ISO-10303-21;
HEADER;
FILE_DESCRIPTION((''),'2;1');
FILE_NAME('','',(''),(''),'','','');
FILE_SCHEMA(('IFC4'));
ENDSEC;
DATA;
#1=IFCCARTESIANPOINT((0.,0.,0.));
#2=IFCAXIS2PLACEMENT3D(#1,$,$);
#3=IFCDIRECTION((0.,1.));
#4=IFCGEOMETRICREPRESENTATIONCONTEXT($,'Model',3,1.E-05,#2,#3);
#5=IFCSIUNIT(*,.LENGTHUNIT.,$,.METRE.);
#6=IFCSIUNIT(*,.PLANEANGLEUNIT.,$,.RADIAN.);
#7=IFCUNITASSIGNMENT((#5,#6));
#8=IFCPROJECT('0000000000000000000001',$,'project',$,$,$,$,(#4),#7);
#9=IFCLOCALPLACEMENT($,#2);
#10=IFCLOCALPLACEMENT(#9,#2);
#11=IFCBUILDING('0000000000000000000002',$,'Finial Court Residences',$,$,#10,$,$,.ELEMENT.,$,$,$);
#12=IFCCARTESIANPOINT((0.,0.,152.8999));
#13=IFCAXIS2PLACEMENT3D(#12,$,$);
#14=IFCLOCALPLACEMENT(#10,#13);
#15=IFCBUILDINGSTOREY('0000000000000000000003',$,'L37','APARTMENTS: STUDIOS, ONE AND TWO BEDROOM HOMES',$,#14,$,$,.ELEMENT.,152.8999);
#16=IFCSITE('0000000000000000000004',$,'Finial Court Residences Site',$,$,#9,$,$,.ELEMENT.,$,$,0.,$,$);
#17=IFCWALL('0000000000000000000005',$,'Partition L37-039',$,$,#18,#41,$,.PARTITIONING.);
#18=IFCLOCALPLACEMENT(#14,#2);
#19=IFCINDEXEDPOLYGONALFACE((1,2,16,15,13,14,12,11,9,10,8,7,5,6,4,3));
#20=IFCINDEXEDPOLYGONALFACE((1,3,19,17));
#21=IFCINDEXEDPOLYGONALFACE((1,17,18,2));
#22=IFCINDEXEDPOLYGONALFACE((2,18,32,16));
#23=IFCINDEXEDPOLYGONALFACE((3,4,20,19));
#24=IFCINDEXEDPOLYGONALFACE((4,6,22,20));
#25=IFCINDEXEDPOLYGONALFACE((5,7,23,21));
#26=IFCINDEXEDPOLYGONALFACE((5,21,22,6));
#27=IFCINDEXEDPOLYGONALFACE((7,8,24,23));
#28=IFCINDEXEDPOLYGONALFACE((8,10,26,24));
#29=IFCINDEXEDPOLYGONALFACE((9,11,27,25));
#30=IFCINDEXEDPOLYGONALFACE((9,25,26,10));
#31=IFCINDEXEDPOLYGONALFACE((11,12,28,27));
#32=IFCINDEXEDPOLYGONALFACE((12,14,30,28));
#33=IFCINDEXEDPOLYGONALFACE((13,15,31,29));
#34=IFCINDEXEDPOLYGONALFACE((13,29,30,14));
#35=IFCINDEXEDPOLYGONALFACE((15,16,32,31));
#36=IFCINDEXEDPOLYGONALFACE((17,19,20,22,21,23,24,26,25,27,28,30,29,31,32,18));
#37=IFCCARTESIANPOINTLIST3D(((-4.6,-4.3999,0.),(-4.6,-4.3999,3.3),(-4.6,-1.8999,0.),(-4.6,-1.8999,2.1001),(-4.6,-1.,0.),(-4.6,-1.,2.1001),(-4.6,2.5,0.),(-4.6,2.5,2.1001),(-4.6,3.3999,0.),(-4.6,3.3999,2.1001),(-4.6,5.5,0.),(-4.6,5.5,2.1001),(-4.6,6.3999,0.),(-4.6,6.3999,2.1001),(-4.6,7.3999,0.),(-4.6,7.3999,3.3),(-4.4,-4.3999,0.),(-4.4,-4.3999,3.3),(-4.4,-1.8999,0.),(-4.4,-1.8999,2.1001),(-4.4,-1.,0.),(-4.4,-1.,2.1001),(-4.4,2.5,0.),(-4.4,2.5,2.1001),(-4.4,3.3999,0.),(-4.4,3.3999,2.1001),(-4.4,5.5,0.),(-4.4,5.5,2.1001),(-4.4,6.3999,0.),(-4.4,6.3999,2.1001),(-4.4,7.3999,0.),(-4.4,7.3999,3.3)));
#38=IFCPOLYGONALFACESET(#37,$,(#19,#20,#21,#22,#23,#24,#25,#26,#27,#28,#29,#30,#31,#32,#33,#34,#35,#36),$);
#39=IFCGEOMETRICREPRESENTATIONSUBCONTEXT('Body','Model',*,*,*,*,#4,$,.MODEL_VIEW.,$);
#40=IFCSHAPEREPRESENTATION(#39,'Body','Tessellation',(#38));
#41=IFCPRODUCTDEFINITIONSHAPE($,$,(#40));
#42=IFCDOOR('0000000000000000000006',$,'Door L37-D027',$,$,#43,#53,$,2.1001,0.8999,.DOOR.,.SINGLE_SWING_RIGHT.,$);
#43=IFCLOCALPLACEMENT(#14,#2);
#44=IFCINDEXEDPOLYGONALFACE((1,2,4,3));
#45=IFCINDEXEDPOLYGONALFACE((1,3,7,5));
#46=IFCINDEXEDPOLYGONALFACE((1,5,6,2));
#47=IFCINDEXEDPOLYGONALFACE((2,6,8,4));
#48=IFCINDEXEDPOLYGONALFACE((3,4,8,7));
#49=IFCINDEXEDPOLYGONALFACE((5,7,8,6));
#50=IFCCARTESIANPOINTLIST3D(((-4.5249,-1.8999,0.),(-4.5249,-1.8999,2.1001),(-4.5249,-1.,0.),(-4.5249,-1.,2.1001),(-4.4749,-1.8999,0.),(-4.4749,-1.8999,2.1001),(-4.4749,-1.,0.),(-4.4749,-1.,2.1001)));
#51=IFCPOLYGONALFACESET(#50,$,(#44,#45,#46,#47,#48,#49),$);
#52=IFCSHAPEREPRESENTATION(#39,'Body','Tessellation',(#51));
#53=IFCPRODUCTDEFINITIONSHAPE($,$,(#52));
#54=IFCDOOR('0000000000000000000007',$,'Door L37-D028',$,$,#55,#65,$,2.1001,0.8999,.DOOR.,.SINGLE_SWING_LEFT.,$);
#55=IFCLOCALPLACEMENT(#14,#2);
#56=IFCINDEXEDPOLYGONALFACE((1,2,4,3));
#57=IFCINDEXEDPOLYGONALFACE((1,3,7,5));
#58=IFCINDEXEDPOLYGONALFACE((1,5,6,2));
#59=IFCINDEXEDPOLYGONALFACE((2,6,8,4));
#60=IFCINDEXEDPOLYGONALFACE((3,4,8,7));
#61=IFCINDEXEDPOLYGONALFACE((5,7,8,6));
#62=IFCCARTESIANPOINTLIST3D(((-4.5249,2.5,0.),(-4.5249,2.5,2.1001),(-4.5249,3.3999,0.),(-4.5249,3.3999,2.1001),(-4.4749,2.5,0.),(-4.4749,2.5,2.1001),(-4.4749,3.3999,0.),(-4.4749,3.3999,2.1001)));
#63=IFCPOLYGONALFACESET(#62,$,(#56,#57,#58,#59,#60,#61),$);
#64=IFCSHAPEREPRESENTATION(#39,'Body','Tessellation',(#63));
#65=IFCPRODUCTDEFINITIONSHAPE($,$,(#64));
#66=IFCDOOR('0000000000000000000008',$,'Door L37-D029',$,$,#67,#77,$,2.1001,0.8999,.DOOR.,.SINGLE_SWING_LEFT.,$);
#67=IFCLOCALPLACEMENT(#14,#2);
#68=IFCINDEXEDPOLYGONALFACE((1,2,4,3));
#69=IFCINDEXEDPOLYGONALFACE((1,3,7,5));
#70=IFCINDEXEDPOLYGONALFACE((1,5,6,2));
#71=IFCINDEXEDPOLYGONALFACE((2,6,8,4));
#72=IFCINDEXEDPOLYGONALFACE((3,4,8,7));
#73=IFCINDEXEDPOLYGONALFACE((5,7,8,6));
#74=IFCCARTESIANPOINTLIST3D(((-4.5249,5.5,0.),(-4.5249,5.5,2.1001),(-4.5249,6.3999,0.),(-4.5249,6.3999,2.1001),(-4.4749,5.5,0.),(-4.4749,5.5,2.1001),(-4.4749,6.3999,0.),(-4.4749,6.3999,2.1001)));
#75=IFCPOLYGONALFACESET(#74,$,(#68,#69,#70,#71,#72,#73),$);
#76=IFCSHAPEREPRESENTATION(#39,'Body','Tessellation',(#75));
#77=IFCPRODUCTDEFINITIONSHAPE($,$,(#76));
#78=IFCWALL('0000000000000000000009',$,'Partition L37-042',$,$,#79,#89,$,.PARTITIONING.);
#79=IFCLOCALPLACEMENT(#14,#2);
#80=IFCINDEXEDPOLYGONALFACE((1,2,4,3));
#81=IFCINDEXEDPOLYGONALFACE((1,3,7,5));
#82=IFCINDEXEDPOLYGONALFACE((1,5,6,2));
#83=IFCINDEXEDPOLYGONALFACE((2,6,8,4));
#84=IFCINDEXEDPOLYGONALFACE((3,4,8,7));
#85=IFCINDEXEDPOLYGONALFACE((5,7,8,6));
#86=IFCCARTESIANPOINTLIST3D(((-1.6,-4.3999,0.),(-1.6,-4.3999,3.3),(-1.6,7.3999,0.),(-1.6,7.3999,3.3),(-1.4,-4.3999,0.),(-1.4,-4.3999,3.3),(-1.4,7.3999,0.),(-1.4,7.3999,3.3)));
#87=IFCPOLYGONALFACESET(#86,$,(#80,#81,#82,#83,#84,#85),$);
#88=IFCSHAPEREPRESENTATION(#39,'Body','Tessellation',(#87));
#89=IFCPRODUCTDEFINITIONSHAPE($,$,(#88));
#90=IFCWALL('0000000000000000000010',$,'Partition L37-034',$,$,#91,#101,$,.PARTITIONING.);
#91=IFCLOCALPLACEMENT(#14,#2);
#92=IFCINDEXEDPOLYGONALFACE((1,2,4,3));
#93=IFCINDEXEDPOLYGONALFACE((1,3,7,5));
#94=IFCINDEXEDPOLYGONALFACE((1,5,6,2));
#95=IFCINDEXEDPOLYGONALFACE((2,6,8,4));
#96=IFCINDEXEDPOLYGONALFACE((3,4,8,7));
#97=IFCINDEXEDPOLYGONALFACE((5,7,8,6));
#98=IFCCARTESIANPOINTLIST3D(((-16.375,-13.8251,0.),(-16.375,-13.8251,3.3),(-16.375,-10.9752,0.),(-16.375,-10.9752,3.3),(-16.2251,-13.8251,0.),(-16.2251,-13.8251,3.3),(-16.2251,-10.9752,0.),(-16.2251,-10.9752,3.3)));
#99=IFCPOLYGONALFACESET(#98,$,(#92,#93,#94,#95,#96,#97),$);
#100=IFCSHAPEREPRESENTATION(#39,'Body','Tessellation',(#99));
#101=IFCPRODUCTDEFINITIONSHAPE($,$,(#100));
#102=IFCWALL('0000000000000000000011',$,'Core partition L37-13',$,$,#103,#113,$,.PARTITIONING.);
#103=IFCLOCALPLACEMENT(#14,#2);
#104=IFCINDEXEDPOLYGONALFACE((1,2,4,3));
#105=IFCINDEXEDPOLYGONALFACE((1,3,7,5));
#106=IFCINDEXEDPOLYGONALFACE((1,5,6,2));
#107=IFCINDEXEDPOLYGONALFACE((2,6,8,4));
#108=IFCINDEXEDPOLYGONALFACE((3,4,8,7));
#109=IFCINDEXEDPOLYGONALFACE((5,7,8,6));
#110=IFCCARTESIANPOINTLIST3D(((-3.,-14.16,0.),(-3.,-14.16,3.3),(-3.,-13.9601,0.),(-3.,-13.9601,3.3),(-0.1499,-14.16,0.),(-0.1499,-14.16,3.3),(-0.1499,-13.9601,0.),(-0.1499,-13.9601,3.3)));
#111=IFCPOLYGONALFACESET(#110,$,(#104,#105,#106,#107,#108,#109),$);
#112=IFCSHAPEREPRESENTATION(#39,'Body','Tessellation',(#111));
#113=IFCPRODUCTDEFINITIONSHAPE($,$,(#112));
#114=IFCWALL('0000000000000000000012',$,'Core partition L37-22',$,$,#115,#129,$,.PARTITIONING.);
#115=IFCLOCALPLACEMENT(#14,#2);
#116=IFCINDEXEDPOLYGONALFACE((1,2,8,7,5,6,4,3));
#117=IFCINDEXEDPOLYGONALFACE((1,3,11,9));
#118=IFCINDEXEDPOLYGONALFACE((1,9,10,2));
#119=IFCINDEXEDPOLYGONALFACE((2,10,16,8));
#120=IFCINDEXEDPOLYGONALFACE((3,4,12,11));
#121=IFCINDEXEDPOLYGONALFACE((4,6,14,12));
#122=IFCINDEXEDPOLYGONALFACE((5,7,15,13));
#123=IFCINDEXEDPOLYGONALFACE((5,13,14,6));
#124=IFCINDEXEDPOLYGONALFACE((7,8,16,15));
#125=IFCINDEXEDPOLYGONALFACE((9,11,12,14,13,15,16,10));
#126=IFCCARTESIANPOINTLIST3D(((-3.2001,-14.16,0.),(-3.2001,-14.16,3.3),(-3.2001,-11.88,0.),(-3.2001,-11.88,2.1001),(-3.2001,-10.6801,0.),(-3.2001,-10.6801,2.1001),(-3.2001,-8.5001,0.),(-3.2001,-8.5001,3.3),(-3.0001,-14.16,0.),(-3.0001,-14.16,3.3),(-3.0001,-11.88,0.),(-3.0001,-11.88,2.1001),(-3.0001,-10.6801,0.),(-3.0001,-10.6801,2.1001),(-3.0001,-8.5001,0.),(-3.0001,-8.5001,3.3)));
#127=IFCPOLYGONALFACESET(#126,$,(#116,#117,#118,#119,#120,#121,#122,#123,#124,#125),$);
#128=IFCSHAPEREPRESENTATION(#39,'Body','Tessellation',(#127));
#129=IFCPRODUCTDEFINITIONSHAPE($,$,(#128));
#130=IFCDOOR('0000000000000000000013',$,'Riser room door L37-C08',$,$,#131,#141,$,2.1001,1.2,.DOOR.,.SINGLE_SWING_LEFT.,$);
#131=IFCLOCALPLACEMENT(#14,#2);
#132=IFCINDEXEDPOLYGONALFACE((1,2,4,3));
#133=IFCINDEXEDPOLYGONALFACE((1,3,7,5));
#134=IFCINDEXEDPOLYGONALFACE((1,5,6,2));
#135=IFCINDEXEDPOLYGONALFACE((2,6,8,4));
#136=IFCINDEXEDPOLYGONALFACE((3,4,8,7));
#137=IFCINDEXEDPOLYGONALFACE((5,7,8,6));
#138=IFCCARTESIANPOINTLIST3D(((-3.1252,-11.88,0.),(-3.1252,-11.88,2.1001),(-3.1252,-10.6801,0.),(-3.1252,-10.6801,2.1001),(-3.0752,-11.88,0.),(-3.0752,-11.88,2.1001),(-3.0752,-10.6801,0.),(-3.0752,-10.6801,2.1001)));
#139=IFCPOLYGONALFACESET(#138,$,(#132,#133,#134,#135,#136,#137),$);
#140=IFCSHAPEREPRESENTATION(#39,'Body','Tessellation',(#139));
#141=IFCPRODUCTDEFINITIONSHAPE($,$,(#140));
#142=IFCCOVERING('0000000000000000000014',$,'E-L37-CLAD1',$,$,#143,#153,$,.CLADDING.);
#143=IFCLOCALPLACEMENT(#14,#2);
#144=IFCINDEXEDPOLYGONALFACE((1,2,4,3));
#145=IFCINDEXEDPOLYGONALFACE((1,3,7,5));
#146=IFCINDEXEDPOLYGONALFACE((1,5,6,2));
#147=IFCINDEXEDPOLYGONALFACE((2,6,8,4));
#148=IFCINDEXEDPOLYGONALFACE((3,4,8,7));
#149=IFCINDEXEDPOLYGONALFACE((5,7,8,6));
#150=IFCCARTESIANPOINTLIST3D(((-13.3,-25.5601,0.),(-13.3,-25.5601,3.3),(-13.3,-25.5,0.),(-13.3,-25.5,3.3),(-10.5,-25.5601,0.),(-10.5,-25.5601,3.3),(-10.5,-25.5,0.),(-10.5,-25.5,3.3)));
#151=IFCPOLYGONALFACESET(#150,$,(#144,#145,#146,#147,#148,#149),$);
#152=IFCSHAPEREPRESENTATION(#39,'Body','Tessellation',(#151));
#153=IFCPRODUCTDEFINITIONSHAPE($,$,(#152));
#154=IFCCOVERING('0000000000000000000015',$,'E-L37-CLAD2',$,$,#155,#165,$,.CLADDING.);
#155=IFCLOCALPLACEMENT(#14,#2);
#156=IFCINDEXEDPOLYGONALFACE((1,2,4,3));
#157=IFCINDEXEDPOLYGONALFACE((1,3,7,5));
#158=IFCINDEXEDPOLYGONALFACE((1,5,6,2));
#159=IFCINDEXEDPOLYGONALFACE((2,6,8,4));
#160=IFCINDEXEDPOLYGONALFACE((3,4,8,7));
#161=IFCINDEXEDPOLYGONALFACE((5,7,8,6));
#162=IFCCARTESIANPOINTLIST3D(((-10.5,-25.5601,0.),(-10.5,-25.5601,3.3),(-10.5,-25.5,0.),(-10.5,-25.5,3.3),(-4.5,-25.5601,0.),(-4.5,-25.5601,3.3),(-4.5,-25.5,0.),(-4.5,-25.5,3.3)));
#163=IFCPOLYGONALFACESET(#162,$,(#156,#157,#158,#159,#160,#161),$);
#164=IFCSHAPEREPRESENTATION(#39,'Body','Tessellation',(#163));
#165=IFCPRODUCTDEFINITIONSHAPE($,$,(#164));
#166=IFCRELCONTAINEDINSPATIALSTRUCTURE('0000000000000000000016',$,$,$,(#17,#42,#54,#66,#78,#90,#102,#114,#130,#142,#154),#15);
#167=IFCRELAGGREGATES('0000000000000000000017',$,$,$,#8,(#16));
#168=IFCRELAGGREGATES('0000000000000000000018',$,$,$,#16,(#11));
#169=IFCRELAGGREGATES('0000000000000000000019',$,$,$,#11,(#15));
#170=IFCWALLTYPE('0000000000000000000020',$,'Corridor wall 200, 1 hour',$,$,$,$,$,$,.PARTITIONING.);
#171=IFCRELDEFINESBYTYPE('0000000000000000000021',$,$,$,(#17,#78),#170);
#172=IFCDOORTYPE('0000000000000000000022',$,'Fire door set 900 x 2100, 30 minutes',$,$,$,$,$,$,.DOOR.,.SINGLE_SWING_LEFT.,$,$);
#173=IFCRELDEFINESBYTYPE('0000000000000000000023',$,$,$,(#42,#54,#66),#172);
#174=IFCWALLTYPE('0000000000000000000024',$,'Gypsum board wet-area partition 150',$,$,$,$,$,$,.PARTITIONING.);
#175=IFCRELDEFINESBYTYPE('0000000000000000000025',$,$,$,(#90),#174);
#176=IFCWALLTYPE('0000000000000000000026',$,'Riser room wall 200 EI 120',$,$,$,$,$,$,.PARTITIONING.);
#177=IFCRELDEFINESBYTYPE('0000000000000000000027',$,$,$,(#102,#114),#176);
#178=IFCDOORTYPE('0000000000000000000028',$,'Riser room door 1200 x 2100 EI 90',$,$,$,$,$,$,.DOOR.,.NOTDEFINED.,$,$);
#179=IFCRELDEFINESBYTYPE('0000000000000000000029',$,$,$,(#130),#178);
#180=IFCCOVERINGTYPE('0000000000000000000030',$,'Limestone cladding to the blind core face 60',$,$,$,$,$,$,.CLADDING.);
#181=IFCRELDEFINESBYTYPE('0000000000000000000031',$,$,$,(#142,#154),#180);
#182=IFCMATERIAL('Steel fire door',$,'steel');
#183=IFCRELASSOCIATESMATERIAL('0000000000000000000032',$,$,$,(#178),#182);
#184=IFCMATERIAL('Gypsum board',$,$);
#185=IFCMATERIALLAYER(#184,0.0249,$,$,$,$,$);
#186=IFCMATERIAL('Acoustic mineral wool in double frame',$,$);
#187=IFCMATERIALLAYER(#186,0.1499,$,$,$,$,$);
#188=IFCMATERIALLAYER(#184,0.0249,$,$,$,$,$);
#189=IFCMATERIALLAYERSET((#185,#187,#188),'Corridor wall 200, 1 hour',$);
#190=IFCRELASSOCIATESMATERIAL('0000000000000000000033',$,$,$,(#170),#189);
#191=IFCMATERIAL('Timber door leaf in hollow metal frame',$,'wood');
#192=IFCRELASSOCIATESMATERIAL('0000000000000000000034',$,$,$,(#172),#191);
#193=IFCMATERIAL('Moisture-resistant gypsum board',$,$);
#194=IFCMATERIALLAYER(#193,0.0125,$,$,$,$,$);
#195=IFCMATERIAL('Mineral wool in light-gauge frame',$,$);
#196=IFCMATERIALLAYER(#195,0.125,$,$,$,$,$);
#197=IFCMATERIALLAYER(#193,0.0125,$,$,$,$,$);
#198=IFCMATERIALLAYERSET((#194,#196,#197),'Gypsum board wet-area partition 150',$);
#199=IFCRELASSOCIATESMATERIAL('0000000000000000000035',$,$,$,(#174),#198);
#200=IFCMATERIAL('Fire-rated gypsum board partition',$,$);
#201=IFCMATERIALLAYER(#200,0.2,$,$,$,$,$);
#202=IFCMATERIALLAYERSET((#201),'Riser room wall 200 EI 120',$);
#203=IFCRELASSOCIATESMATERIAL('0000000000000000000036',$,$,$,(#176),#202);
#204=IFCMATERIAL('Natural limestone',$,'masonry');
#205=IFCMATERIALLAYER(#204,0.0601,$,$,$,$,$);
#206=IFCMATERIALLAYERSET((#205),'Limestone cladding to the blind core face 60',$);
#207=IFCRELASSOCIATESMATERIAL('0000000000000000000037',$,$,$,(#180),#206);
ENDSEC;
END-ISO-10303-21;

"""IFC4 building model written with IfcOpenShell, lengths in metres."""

from ifc_helpers import new_model, si_unit, direction, frame, frame_2d, origin, place, context, subcontext, project, spatial, polyline, rectangle, outline, extrude, material, layer, layer_set, type_object, element, fill, save


model = new_model("IFC4")

# Units and contexts
model_context = context("Model", 3, precision=1e-05, world=origin(), true_north=direction((0.0, 1.0)))
body_context = subcontext(model_context, "Body", "Model", "MODEL_VIEW")
ifc_project = project(units=[si_unit("LENGTHUNIT", "METRE"), si_unit("PLANEANGLEUNIT", "RADIAN")], contexts=[model_context])

# Site, building, storey
site_placement = place(None, origin())
site = spatial("IfcSite", under=ifc_project, at=site_placement, Name="Finial Court Residences Site", CompositionType="ELEMENT", RefElevation=0.0)
building_placement = place(site_placement, origin())
building = spatial("IfcBuilding", under=site, at=building_placement, Name="Finial Court Residences", CompositionType="ELEMENT")
storey_placement = place(building_placement, frame((0.0, 0.0, 152.8999)))
storey = spatial("IfcBuildingStorey", under=building, at=storey_placement, Name="L37", Description="APARTMENTS: STUDIOS, ONE AND TWO BEDROOM HOMES", CompositionType="ELEMENT", Elevation=152.8999)

# Shared definitions
ifc_material_1 = material(Name="Steel fire door", Category="steel")
door_type_1 = type_object("IfcDoorType", Name="Riser room door 1200 x 2100 EI 90", OperationType="NOTDEFINED", PredefinedType="DOOR", material=ifc_material_1)

# Shared definitions
ifc_material_2 = material(Name="Fire-rated gypsum board partition")
ifc_material_3 = material(Name="Gypsum board")
ifc_layer_1 = layer(ifc_material_3, 0.0249)
ifc_material_4 = material(Name="Acoustic mineral wool in double frame")
ifc_layer_2 = layer(ifc_material_4, 0.1499)
ifc_layer_3 = layer(ifc_material_3, 0.0249)
ifc_layer_set_1 = layer_set([ifc_layer_1, ifc_layer_2, ifc_layer_3], Name="Corridor wall 200, 1 hour")
wall_type_1 = type_object("IfcWallType", Name="Corridor wall 200, 1 hour", PredefinedType="PARTITIONING", material=ifc_layer_set_1)
ifc_material_5 = material(Name="Timber door leaf in hollow metal frame", Category="wood")
door_type_2 = type_object("IfcDoorType", Name="Fire door set 900 x 2100, 30 minutes", OperationType="SINGLE_SWING_LEFT", PredefinedType="DOOR", material=ifc_material_5)

# Wall, openings, doors
wall_1_placement = place(storey_placement, frame((-4.5, -4.3999, 0.0), z_axis=(0.0, 0.0, 1.0), x_axis=(0.0, 1.0, 0.0)))
wall_1 = element("IfcWall", 1, at=wall_1_placement, inside=storey, type_object=wall_type_1, Name="Partition L37-039", PredefinedType="PARTITIONING", context=body_context, shape_type="SweptSolid", body=[
    extrude(rectangle(XDim=11.7998, YDim=0.2, at=frame_2d((5.8999, 0.0))), origin(), (0.0, 0.0, 1.0), 3.3),
])
opening_1_placement = place(wall_1_placement, frame((2.5, 0.0, 0.0)))
opening_1 = element("IfcOpeningElement", 2, at=opening_1_placement, cuts=wall_1, PredefinedType="OPENING", context=body_context, shape_type="SweptSolid", body=[
    extrude(rectangle(XDim=0.8999, YDim=2.1001, at=frame_2d((0.45, 1.05))), frame((0.0, 0.1099, 0.0), z_axis=(0.0, -1.0, 0.0), x_axis=(1.0, 0.0, 0.0)), (0.0, 0.0, 1.0), 0.22),
])
opening_2_placement = place(wall_1_placement, frame((6.8999, 0.0, 0.0)))
opening_2 = element("IfcOpeningElement", 3, at=opening_2_placement, cuts=wall_1, PredefinedType="OPENING", context=body_context, shape_type="SweptSolid", body=[
    extrude(rectangle(XDim=0.8999, YDim=2.1001, at=frame_2d((0.45, 1.05))), frame((0.0, 0.1099, 0.0), z_axis=(0.0, -1.0, 0.0), x_axis=(1.0, 0.0, 0.0)), (0.0, 0.0, 1.0), 0.22),
])
opening_3_placement = place(wall_1_placement, frame((9.8999, 0.0, 0.0)))
opening_3 = element("IfcOpeningElement", 4, at=opening_3_placement, cuts=wall_1, PredefinedType="OPENING", context=body_context, shape_type="SweptSolid", body=[
    extrude(rectangle(XDim=0.8999, YDim=2.1001, at=frame_2d((0.45, 1.05))), frame((0.0, 0.1099, 0.0), z_axis=(0.0, -1.0, 0.0), x_axis=(1.0, 0.0, 0.0)), (0.0, 0.0, 1.0), 0.22),
])
door_1_placement = place(opening_1_placement, origin())
door_1 = element("IfcDoor", 5, at=door_1_placement, inside=storey, type_object=door_type_2, Name="Door L37-D027", OperationType="SINGLE_SWING_RIGHT", OverallHeight=2.1001, OverallWidth=0.8999, PredefinedType="DOOR", context=body_context, shape_type="SweptSolid", body=[
    extrude(rectangle(XDim=0.8999, YDim=2.1001, at=frame_2d((0.45, 1.05))), frame((0.0, 0.0249, 0.0), z_axis=(0.0, -1.0, 0.0), x_axis=(1.0, 0.0, 0.0)), (0.0, 0.0, 1.0), 0.05),
])
fill(opening_1, door_1)
door_2_placement = place(opening_2_placement, origin())
door_2 = element("IfcDoor", 6, at=door_2_placement, inside=storey, type_object=door_type_2, Name="Door L37-D028", OperationType="SINGLE_SWING_LEFT", OverallHeight=2.1001, OverallWidth=0.8999, PredefinedType="DOOR", context=body_context, shape_type="SweptSolid", body=[
    extrude(rectangle(XDim=0.8999, YDim=2.1001, at=frame_2d((0.45, 1.05))), frame((0.0, 0.0249, 0.0), z_axis=(0.0, -1.0, 0.0), x_axis=(1.0, 0.0, 0.0)), (0.0, 0.0, 1.0), 0.05),
])
fill(opening_2, door_2)
door_3_placement = place(opening_3_placement, origin())
door_3 = element("IfcDoor", 7, at=door_3_placement, inside=storey, type_object=door_type_2, Name="Door L37-D029", OperationType="SINGLE_SWING_LEFT", OverallHeight=2.1001, OverallWidth=0.8999, PredefinedType="DOOR", context=body_context, shape_type="SweptSolid", body=[
    extrude(rectangle(XDim=0.8999, YDim=2.1001, at=frame_2d((0.45, 1.05))), frame((0.0, 0.0249, 0.0), z_axis=(0.0, -1.0, 0.0), x_axis=(1.0, 0.0, 0.0)), (0.0, 0.0, 1.0), 0.05),
])
fill(opening_3, door_3)

# Walls
wall_2_placement = place(storey_placement, frame((-1.5, -4.3999, 0.0), z_axis=(0.0, 0.0, 1.0), x_axis=(0.0, 1.0, 0.0)))
element("IfcWall", 8, at=wall_2_placement, inside=storey, type_object=wall_type_1, Name="Partition L37-042", PredefinedType="PARTITIONING", context=body_context, shape_type="SweptSolid", body=[
    extrude(rectangle(XDim=11.7998, YDim=0.2, at=frame_2d((5.8999, 0.0))), origin(), (0.0, 0.0, 1.0), 3.3),
])
ifc_material_6 = material(Name="Moisture-resistant gypsum board")
ifc_layer_4 = layer(ifc_material_6, 0.0125)
ifc_material_7 = material(Name="Mineral wool in light-gauge frame")
ifc_layer_5 = layer(ifc_material_7, 0.125)
ifc_layer_6 = layer(ifc_material_6, 0.0125)
ifc_layer_set_2 = layer_set([ifc_layer_4, ifc_layer_5, ifc_layer_6], Name="Gypsum board wet-area partition 150")
wall_type_2 = type_object("IfcWallType", Name="Gypsum board wet-area partition 150", PredefinedType="PARTITIONING", material=ifc_layer_set_2)
wall_3_placement = place(storey_placement, frame((-16.3, -13.825, 0.0), z_axis=(0.0, 0.0, 1.0), x_axis=(0.0, 1.0, 0.0)))
element("IfcWall", 9, at=wall_3_placement, inside=storey, type_object=wall_type_2, Name="Partition L37-034", PredefinedType="PARTITIONING", context=body_context, shape_type="SweptSolid", body=[
    extrude(rectangle(XDim=2.8499, YDim=0.1499, at=frame_2d((1.4248, 0.0))), origin(), (0.0, 0.0, 1.0), 3.3),
])
ifc_layer_7 = layer(ifc_material_2, 0.2)
ifc_layer_set_3 = layer_set([ifc_layer_7], Name="Riser room wall 200 EI 120")
wall_type_3 = type_object("IfcWallType", Name="Riser room wall 200 EI 120", PredefinedType="PARTITIONING", material=ifc_layer_set_3)
wall_4_placement = place(storey_placement, frame((-3.0, -14.0601, 0.0), z_axis=(0.0, 0.0, 1.0), x_axis=(1.0, 0.0, 0.0)))
element("IfcWall", 10, at=wall_4_placement, inside=storey, type_object=wall_type_3, Name="Core partition L37-13", PredefinedType="PARTITIONING", context=body_context, shape_type="SweptSolid", body=[
    extrude(rectangle(XDim=2.8501, YDim=0.2, at=frame_2d((1.425, 0.0))), origin(), (0.0, 0.0, 1.0), 3.3),
])

# Wall, opening, door
wall_5_placement = place(storey_placement, frame((-3.1001, -8.5, 0.0), z_axis=(0.0, 0.0, 1.0), x_axis=(0.0, -1.0, 0.0)))
wall_5 = element("IfcWall", 11, at=wall_5_placement, inside=storey, type_object=wall_type_3, Name="Core partition L37-22", PredefinedType="PARTITIONING", context=body_context, shape_type="SweptSolid", body=[
    extrude(rectangle(XDim=5.6599, YDim=0.2, at=frame_2d((2.8301, 0.0))), origin(), (0.0, 0.0, 1.0), 3.3),
])
opening_4_placement = place(wall_5_placement, frame((2.1799, 0.0, 0.0)))
opening_4 = element("IfcOpeningElement", 12, at=opening_4_placement, cuts=wall_5, PredefinedType="OPENING", context=body_context, shape_type="SweptSolid", body=[
    extrude(rectangle(XDim=1.2, YDim=2.1001, at=frame_2d((0.6001, 1.05))), frame((0.0, 0.1099, 0.0), z_axis=(0.0, -1.0, 0.0), x_axis=(1.0, 0.0, 0.0)), (0.0, 0.0, 1.0), 0.22),
])
door_4_placement = place(opening_4_placement, origin())
door_4 = element("IfcDoor", 13, at=door_4_placement, inside=storey, type_object=door_type_1, Name="Riser room door L37-C08", OperationType="SINGLE_SWING_LEFT", OverallHeight=2.1001, OverallWidth=1.2, PredefinedType="DOOR", context=body_context, shape_type="SweptSolid", body=[
    extrude(rectangle(XDim=1.2, YDim=2.1001, at=frame_2d((0.6001, 1.05))), frame((0.0, 0.0249, 0.0), z_axis=(0.0, -1.0, 0.0), x_axis=(1.0, 0.0, 0.0)), (0.0, 0.0, 1.0), 0.05),
])
fill(opening_4, door_4)

# Coverings
ifc_material_8 = material(Name="Natural limestone", Category="masonry")
ifc_layer_8 = layer(ifc_material_8, 0.0601)
ifc_layer_set_4 = layer_set([ifc_layer_8], Name="Limestone cladding to the blind core face 60")
covering_type = type_object("IfcCoveringType", Name="Limestone cladding to the blind core face 60", PredefinedType="CLADDING", material=ifc_layer_set_4)
covering_1_placement = place(storey_placement, origin())
element("IfcCovering", 14, at=covering_1_placement, inside=storey, type_object=covering_type, Name="E-L37-CLAD1", PredefinedType="CLADDING", context=body_context, shape_type="SweptSolid", body=[
    extrude(outline(polyline([(-10.5, -25.5601), (-10.5, -25.5), (-13.3, -25.5), (-13.3, -25.5601), (-10.5, -25.5601)])), origin(), (0.0, 0.0, 1.0), 3.3),
])
covering_2_placement = place(storey_placement, origin())
element("IfcCovering", 15, at=covering_2_placement, inside=storey, type_object=covering_type, Name="E-L37-CLAD2", PredefinedType="CLADDING", context=body_context, shape_type="SweptSolid", body=[
    extrude(outline(polyline([(-4.5, -25.5601), (-4.5, -25.5), (-10.5, -25.5), (-10.5, -25.5601), (-4.5, -25.5601)])), origin(), (0.0, 0.0, 1.0), 3.3),
])

save(model, "model.ifc")
